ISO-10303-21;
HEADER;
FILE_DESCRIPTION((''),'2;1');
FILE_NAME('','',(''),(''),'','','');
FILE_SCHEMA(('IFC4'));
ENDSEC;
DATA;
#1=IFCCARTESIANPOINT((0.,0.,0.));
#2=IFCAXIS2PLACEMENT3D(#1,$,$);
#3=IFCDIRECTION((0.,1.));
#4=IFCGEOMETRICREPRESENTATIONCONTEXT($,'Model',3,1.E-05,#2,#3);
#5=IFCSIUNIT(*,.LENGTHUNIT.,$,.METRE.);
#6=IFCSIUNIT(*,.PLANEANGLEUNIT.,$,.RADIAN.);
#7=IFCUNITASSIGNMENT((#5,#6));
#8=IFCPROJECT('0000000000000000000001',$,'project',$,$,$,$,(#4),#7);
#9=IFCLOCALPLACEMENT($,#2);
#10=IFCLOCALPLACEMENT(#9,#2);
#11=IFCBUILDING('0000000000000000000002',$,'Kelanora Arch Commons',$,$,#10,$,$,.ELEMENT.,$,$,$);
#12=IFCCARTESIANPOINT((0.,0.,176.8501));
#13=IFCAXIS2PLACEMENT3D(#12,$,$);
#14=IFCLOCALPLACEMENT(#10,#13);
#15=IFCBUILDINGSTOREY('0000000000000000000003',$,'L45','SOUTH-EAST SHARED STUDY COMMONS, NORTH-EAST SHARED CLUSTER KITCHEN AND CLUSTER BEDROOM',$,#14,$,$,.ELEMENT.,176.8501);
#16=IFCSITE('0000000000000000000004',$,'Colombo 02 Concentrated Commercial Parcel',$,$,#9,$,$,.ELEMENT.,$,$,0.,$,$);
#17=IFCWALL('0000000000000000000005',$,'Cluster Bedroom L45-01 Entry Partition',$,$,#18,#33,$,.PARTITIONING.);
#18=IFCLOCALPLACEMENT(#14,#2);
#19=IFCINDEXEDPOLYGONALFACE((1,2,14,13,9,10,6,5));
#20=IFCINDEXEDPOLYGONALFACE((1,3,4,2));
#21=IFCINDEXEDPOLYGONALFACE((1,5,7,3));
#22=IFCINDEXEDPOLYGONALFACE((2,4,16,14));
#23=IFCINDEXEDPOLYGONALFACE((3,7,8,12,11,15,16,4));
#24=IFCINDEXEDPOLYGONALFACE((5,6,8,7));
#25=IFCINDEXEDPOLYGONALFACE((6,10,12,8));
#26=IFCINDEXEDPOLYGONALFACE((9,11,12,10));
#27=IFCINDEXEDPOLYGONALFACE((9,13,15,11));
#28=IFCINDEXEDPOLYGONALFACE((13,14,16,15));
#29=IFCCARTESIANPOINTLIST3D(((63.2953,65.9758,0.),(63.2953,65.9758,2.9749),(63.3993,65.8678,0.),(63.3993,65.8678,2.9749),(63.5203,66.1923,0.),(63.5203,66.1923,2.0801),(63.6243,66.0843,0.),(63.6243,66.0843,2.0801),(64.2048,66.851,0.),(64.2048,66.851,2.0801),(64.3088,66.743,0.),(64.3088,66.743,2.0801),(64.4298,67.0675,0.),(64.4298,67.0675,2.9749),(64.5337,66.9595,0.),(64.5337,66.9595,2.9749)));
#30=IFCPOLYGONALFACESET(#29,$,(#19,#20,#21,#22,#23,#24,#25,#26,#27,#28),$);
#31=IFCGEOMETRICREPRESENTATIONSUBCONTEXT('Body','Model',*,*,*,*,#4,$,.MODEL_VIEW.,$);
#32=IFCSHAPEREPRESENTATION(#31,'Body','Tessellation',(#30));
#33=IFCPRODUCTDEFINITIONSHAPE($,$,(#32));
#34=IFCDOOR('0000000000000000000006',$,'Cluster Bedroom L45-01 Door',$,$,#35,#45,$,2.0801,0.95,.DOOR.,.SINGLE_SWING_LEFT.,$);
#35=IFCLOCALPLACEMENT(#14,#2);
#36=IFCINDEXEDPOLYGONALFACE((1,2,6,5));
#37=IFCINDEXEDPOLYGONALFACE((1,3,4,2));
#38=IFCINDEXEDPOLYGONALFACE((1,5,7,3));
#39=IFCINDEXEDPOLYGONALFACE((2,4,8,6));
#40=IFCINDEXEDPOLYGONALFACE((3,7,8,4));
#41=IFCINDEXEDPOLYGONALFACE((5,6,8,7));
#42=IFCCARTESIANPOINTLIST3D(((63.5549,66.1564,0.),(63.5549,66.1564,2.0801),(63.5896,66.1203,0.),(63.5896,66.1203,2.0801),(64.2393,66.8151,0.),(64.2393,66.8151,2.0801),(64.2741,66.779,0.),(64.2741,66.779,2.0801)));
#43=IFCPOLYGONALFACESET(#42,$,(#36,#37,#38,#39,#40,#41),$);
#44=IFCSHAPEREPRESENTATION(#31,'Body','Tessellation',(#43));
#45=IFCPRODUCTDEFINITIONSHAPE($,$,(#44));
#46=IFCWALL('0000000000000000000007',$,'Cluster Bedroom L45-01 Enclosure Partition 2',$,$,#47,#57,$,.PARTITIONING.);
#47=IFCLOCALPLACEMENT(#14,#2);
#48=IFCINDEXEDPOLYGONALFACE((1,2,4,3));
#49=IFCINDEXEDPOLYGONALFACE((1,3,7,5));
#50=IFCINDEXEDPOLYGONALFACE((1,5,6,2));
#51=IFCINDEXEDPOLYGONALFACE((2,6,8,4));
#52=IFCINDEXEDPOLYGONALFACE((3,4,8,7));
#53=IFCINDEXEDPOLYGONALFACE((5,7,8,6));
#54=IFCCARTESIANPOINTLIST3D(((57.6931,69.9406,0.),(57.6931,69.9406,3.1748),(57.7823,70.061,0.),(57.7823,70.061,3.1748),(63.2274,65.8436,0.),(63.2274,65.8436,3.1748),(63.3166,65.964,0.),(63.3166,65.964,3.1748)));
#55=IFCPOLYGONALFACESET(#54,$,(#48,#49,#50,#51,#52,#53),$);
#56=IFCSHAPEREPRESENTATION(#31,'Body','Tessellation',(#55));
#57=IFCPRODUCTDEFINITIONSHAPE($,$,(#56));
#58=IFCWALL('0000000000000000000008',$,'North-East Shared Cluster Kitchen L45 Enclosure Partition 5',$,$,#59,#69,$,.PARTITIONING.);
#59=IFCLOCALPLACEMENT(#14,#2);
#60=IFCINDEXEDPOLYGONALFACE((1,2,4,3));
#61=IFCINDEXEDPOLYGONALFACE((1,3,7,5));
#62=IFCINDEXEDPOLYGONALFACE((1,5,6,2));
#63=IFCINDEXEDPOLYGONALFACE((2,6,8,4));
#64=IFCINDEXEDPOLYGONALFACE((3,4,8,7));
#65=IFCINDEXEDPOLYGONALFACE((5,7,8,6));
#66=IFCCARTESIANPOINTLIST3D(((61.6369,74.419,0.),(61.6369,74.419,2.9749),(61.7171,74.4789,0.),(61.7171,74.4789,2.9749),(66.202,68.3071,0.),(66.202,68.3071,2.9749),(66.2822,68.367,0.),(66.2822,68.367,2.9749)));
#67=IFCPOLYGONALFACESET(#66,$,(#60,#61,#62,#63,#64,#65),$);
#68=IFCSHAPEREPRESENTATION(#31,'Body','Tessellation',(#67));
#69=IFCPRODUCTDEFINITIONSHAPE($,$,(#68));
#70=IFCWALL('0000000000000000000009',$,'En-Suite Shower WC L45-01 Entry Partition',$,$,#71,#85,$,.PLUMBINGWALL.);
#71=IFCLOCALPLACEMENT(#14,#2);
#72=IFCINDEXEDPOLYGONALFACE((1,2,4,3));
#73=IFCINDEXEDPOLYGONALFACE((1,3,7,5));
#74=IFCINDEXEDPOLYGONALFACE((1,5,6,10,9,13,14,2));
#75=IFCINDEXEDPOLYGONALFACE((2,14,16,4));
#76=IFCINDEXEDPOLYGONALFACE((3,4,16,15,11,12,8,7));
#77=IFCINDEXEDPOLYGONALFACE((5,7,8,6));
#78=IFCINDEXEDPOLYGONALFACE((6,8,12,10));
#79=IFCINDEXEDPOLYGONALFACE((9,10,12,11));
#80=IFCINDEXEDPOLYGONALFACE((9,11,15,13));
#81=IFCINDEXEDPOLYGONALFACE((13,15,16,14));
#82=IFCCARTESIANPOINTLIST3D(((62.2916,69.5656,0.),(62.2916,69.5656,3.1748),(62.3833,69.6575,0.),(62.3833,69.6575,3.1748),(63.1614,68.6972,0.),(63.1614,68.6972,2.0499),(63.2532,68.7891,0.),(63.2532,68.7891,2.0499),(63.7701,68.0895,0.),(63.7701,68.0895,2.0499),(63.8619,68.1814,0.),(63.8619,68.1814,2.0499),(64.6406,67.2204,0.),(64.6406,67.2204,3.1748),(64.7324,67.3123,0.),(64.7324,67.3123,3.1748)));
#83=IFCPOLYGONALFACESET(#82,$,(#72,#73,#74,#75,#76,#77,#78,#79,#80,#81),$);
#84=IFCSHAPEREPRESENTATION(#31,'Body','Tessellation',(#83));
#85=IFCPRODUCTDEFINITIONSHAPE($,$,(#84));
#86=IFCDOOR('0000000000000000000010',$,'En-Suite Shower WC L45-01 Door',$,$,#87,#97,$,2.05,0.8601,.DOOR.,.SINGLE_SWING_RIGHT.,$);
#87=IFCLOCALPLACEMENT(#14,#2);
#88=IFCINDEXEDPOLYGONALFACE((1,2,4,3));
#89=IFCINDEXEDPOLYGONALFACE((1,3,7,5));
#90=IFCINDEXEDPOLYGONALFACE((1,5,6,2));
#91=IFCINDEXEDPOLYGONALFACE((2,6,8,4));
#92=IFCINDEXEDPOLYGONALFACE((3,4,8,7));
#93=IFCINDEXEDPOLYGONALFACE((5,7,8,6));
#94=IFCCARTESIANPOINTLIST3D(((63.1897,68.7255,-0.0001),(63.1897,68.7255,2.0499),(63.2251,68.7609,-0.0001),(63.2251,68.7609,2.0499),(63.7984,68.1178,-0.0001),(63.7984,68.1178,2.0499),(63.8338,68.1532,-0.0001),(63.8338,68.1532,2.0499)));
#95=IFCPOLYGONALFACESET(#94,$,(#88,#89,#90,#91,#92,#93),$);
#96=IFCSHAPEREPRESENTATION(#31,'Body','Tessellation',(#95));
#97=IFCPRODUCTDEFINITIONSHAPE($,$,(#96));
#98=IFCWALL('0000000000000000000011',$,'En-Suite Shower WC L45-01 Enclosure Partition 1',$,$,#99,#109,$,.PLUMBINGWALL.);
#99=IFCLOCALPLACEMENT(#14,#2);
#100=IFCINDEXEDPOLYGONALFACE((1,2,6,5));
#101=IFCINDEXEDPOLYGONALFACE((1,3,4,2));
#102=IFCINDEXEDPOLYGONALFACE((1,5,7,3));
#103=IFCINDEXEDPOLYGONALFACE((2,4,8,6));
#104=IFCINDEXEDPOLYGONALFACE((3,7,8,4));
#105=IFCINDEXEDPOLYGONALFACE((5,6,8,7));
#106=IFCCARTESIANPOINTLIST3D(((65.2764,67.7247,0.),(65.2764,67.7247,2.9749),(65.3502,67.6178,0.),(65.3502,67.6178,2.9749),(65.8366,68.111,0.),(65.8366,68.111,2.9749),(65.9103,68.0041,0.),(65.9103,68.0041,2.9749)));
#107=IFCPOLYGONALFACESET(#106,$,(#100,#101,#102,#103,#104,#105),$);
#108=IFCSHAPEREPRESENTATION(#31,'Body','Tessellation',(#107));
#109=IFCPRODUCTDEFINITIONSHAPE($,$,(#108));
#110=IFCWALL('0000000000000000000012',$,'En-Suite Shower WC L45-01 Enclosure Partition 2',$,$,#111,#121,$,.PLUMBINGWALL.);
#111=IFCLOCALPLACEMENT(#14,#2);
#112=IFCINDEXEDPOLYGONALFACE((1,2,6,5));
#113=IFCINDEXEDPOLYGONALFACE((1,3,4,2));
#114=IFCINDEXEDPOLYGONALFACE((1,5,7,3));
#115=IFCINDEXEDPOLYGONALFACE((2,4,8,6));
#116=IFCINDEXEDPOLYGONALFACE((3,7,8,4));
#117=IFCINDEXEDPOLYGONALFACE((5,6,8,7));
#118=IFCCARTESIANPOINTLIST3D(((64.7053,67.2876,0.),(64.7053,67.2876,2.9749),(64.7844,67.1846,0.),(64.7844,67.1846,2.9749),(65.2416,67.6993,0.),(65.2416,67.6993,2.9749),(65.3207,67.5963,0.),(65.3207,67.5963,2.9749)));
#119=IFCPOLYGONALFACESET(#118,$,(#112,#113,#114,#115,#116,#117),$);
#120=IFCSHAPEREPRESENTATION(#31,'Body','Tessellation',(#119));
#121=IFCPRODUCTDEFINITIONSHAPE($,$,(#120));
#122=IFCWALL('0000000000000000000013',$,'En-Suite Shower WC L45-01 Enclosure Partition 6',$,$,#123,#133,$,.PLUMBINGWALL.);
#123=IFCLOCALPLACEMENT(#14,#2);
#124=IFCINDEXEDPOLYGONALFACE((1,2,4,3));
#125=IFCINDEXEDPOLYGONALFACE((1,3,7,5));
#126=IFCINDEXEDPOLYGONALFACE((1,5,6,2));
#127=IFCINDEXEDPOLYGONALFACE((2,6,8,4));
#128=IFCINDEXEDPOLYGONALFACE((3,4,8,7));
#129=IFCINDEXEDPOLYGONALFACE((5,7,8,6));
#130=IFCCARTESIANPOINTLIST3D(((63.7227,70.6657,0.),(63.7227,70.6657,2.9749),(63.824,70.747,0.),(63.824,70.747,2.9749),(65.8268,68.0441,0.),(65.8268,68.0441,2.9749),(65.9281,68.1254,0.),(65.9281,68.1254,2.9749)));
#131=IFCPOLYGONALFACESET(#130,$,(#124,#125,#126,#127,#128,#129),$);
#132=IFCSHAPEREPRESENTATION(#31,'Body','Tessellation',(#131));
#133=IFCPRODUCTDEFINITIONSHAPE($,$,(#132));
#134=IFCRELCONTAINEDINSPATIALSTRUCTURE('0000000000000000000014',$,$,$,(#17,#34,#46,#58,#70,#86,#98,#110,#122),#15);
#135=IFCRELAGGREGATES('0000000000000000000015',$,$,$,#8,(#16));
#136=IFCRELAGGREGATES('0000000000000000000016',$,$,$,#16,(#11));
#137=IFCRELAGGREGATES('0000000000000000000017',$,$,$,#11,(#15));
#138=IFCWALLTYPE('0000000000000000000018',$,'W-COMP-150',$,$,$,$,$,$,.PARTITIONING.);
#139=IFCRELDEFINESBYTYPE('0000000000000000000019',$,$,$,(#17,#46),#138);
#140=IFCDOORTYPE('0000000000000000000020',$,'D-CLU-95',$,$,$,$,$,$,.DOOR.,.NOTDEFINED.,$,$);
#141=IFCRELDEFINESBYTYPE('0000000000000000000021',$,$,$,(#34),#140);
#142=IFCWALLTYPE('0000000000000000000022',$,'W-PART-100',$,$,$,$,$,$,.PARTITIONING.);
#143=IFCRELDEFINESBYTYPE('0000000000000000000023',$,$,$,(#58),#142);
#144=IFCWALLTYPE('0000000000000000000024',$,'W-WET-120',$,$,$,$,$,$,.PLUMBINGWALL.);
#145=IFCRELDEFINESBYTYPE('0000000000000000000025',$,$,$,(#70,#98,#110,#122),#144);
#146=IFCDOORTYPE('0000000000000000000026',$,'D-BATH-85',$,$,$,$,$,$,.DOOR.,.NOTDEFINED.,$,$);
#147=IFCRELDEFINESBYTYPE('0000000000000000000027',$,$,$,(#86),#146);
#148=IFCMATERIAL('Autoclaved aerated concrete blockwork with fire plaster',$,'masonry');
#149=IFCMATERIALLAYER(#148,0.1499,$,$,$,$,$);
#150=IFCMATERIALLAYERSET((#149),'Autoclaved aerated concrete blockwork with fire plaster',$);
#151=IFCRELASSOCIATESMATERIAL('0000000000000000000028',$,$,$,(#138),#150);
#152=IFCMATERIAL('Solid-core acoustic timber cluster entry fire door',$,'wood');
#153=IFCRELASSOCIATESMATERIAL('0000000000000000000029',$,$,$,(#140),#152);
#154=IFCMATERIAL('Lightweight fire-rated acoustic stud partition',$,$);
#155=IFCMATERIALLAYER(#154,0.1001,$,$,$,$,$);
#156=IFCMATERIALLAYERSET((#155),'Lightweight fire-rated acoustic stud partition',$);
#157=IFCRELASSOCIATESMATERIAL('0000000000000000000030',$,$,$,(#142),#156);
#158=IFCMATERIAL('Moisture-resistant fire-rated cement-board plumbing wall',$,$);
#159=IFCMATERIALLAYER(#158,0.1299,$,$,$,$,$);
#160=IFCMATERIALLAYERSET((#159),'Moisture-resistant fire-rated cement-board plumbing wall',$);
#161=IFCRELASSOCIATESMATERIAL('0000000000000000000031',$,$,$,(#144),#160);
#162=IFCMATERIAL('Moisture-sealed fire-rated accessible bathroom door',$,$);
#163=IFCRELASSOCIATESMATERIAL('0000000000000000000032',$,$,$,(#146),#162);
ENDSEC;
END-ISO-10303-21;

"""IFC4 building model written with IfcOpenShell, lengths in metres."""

from ifc_helpers import new_model, si_unit, direction, frame, frame_2d, origin, place, context, subcontext, project, spatial, rectangle, extrude, material, layer, layer_set, type_object, element, fill, save


model = new_model("IFC4")

# Units and contexts
model_context = context("Model", 3, precision=1e-05, world=origin(), true_north=direction((0.0, 1.0)))
body_context = subcontext(model_context, "Body", "Model", "MODEL_VIEW")
ifc_project = project(units=[si_unit("LENGTHUNIT", "METRE"), si_unit("PLANEANGLEUNIT", "RADIAN")], contexts=[model_context])

# Site, building, storey
site_placement = place(None, origin())
site = spatial("IfcSite", under=ifc_project, at=site_placement, Name="Colombo 02 Concentrated Commercial Parcel", CompositionType="ELEMENT", RefElevation=0.0)
building_placement = place(site_placement, origin())
building = spatial("IfcBuilding", under=site, at=building_placement, Name="Kelanora Arch Commons", CompositionType="ELEMENT")
storey_placement = place(building_placement, frame((0.0, 0.0, 176.8501)))
storey = spatial("IfcBuildingStorey", under=building, at=storey_placement, Name="L45", Description="SOUTH-EAST SHARED STUDY COMMONS, NORTH-EAST SHARED CLUSTER KITCHEN AND CLUSTER BEDROOM", CompositionType="ELEMENT", Elevation=176.8501)

# Wall, opening, door
ifc_material_1 = material(Name="Autoclaved aerated concrete blockwork with fire plaster", Category="masonry")
ifc_layer_1 = layer(ifc_material_1, 0.1499)
ifc_layer_set_1 = layer_set([ifc_layer_1], Name="Autoclaved aerated concrete blockwork with fire plaster")
wall_type_1 = type_object("IfcWallType", Name="W-COMP-150", PredefinedType="PARTITIONING", material=ifc_layer_set_1)
wall_1_placement = place(storey_placement, frame((64.4817, 67.0134, 0.0), z_axis=(0.0, 0.0, 1.0), x_axis=(-0.720544, -0.693409, 0.0)))
wall_1 = element("IfcWall", 1, at=wall_1_placement, inside=storey, type_object=wall_type_1, Name="Cluster Bedroom L45-01 Entry Partition", PredefinedType="PARTITIONING", context=body_context, shape_type="SweptSolid", body=[
    extrude(rectangle(XDim=1.5745, YDim=0.1499, at=frame_2d((0.7871, 0.0))), origin(), (0.0, 0.0, 1.0), 2.9749),
])
opening_1_placement = place(wall_1_placement, frame((0.312, 0.0, 0.0)))
opening_1 = element("IfcOpeningElement", 2, at=opening_1_placement, cuts=wall_1, PredefinedType="OPENING", context=body_context, shape_type="SweptSolid", body=[
    extrude(rectangle(XDim=0.95, YDim=2.0801, at=frame_2d((0.4751, 1.04))), frame((0.0, 0.085, 0.0), z_axis=(0.0, -1.0, 0.0), x_axis=(1.0, 0.0, 0.0)), (0.0, 0.0, 1.0), 0.1699),
])
ifc_material_2 = material(Name="Solid-core acoustic timber cluster entry fire door", Category="wood")
door_type_1 = type_object("IfcDoorType", Name="D-CLU-95", OperationType="NOTDEFINED", PredefinedType="DOOR", material=ifc_material_2)
door_1_placement = place(opening_1_placement, origin())
door_1 = element("IfcDoor", 3, at=door_1_placement, inside=storey, type_object=door_type_1, Name="Cluster Bedroom L45-01 Door", OperationType="SINGLE_SWING_LEFT", OverallHeight=2.0801, OverallWidth=0.95, PredefinedType="DOOR", context=body_context, shape_type="SweptSolid", body=[
    extrude(rectangle(XDim=0.95, YDim=2.0801, at=frame_2d((0.4751, 1.04))), frame((0.0, 0.0249, 0.0), z_axis=(0.0, -1.0, 0.0), x_axis=(1.0, 0.0, 0.0)), (0.0, 0.0, 1.0), 0.05),
])
fill(opening_1, door_1)

# Walls
wall_2_placement = place(storey_placement, frame((63.272, 65.9038, 0.0), z_axis=(0.0, 0.0, 1.0), x_axis=(-0.803729, 0.594996, 0.0)))
element("IfcWall", 4, at=wall_2_placement, inside=storey, type_object=wall_type_1, Name="Cluster Bedroom L45-01 Enclosure Partition 2", PredefinedType="PARTITIONING", context=body_context, shape_type="SweptSolid", body=[
    extrude(rectangle(XDim=6.8857, YDim=0.1499, at=frame_2d((3.4429, 0.0))), origin(), (0.0, 0.0, 1.0), 3.1748),
])
ifc_material_3 = material(Name="Lightweight fire-rated acoustic stud partition")
ifc_layer_2 = layer(ifc_material_3, 0.1001)
ifc_layer_set_2 = layer_set([ifc_layer_2], Name="Lightweight fire-rated acoustic stud partition")
wall_type_2 = type_object("IfcWallType", Name="W-PART-100", PredefinedType="PARTITIONING", material=ifc_layer_set_2)
wall_3_placement = place(storey_placement, frame((66.2422, 68.3369, 0.0), z_axis=(0.0, 0.0, 1.0), x_axis=(-0.598417, 0.801185, 0.0)))
element("IfcWall", 5, at=wall_3_placement, inside=storey, type_object=wall_type_2, Name="North-East Shared Cluster Kitchen L45 Enclosure Partition 5", PredefinedType="PARTITIONING", context=body_context, shape_type="SweptSolid", body=[
    extrude(rectangle(XDim=7.6287, YDim=0.1001, at=frame_2d((3.8145, 0.0))), origin(), (0.0, 0.0, 1.0), 2.9749),
])

# Wall, opening, door
ifc_material_4 = material(Name="Moisture-resistant fire-rated cement-board plumbing wall")
ifc_layer_3 = layer(ifc_material_4, 0.1299)
ifc_layer_set_3 = layer_set([ifc_layer_3], Name="Moisture-resistant fire-rated cement-board plumbing wall")
wall_type_3 = type_object("IfcWallType", Name="W-WET-120", PredefinedType="PLUMBINGWALL", material=ifc_layer_set_3)
wall_4_placement = place(storey_placement, frame((64.6865, 67.2664, 0.0), z_axis=(0.0, 0.0, 1.0), x_axis=(-0.707695, 0.706518, 0.0)))
wall_4 = element("IfcWall", 6, at=wall_4_placement, inside=storey, type_object=wall_type_3, Name="En-Suite Shower WC L45-01 Entry Partition", PredefinedType="PLUMBINGWALL", context=body_context, shape_type="SweptSolid", body=[
    extrude(rectangle(XDim=3.3193, YDim=0.1299, at=frame_2d((1.6597, 0.0))), origin(), (0.0, 0.0, 1.0), 3.1748),
])
opening_2_placement = place(wall_4_placement, frame((1.23, 0.0, 0.0)))
opening_2 = element("IfcOpeningElement", 7, at=opening_2_placement, cuts=wall_4, PredefinedType="OPENING", context=body_context, shape_type="SweptSolid", body=[
    extrude(rectangle(XDim=0.8601, YDim=2.05, at=frame_2d((0.4302, 1.0249))), frame((0.0, 0.075, 0.0), z_axis=(0.0, -1.0, 0.0), x_axis=(1.0, 0.0, 0.0)), (0.0, 0.0, 1.0), 0.1499),
])
ifc_material_5 = material(Name="Moisture-sealed fire-rated accessible bathroom door")
door_type_2 = type_object("IfcDoorType", Name="D-BATH-85", OperationType="NOTDEFINED", PredefinedType="DOOR", material=ifc_material_5)
door_2_placement = place(opening_2_placement, origin())
door_2 = element("IfcDoor", 8, at=door_2_placement, inside=storey, type_object=door_type_2, Name="En-Suite Shower WC L45-01 Door", OperationType="SINGLE_SWING_RIGHT", OverallHeight=2.05, OverallWidth=0.8601, PredefinedType="DOOR", context=body_context, shape_type="SweptSolid", body=[
    extrude(rectangle(XDim=0.8601, YDim=2.05, at=frame_2d((0.4302, 1.0249))), frame((0.0, 0.0249, 0.0), z_axis=(0.0, -1.0, 0.0), x_axis=(1.0, 0.0, 0.0)), (0.0, 0.0, 1.0), 0.05),
])
fill(opening_2, door_2)

# Walls
wall_5_placement = place(storey_placement, frame((65.8735, 68.0576, 0.0), z_axis=(0.0, 0.0, 1.0), x_axis=(-0.823224, -0.567716, 0.0)))
element("IfcWall", 9, at=wall_5_placement, inside=storey, type_object=wall_type_3, Name="En-Suite Shower WC L45-01 Enclosure Partition 1", PredefinedType="PLUMBINGWALL", context=body_context, shape_type="SweptSolid", body=[
    extrude(rectangle(XDim=0.6804, YDim=0.1299, at=frame_2d((0.3403, 0.0))), origin(), (0.0, 0.0, 1.0), 2.9749),
])
wall_6_placement = place(storey_placement, frame((65.281, 67.6477, 0.0), z_axis=(0.0, 0.0, 1.0), x_axis=(-0.793188, -0.608977, 0.0)))
element("IfcWall", 10, at=wall_6_placement, inside=storey, type_object=wall_type_3, Name="En-Suite Shower WC L45-01 Enclosure Partition 2", PredefinedType="PLUMBINGWALL", context=body_context, shape_type="SweptSolid", body=[
    extrude(rectangle(XDim=0.676, YDim=0.1299, at=frame_2d((0.3379, 0.0))), origin(), (0.0, 0.0, 1.0), 2.9749),
])
wall_7_placement = place(storey_placement, frame((63.7734, 70.7063, 0.0), z_axis=(0.0, 0.0, 1.0), x_axis=(0.625917, -0.77989, 0.0)))
element("IfcWall", 11, at=wall_7_placement, inside=storey, type_object=wall_type_3, Name="En-Suite Shower WC L45-01 Enclosure Partition 6", PredefinedType="PLUMBINGWALL", context=body_context, shape_type="SweptSolid", body=[
    extrude(rectangle(XDim=3.3616, YDim=0.1299, at=frame_2d((1.6807, 0.0))), origin(), (0.0, 0.0, 1.0), 2.9749),
])

save(model, "model.ifc")
